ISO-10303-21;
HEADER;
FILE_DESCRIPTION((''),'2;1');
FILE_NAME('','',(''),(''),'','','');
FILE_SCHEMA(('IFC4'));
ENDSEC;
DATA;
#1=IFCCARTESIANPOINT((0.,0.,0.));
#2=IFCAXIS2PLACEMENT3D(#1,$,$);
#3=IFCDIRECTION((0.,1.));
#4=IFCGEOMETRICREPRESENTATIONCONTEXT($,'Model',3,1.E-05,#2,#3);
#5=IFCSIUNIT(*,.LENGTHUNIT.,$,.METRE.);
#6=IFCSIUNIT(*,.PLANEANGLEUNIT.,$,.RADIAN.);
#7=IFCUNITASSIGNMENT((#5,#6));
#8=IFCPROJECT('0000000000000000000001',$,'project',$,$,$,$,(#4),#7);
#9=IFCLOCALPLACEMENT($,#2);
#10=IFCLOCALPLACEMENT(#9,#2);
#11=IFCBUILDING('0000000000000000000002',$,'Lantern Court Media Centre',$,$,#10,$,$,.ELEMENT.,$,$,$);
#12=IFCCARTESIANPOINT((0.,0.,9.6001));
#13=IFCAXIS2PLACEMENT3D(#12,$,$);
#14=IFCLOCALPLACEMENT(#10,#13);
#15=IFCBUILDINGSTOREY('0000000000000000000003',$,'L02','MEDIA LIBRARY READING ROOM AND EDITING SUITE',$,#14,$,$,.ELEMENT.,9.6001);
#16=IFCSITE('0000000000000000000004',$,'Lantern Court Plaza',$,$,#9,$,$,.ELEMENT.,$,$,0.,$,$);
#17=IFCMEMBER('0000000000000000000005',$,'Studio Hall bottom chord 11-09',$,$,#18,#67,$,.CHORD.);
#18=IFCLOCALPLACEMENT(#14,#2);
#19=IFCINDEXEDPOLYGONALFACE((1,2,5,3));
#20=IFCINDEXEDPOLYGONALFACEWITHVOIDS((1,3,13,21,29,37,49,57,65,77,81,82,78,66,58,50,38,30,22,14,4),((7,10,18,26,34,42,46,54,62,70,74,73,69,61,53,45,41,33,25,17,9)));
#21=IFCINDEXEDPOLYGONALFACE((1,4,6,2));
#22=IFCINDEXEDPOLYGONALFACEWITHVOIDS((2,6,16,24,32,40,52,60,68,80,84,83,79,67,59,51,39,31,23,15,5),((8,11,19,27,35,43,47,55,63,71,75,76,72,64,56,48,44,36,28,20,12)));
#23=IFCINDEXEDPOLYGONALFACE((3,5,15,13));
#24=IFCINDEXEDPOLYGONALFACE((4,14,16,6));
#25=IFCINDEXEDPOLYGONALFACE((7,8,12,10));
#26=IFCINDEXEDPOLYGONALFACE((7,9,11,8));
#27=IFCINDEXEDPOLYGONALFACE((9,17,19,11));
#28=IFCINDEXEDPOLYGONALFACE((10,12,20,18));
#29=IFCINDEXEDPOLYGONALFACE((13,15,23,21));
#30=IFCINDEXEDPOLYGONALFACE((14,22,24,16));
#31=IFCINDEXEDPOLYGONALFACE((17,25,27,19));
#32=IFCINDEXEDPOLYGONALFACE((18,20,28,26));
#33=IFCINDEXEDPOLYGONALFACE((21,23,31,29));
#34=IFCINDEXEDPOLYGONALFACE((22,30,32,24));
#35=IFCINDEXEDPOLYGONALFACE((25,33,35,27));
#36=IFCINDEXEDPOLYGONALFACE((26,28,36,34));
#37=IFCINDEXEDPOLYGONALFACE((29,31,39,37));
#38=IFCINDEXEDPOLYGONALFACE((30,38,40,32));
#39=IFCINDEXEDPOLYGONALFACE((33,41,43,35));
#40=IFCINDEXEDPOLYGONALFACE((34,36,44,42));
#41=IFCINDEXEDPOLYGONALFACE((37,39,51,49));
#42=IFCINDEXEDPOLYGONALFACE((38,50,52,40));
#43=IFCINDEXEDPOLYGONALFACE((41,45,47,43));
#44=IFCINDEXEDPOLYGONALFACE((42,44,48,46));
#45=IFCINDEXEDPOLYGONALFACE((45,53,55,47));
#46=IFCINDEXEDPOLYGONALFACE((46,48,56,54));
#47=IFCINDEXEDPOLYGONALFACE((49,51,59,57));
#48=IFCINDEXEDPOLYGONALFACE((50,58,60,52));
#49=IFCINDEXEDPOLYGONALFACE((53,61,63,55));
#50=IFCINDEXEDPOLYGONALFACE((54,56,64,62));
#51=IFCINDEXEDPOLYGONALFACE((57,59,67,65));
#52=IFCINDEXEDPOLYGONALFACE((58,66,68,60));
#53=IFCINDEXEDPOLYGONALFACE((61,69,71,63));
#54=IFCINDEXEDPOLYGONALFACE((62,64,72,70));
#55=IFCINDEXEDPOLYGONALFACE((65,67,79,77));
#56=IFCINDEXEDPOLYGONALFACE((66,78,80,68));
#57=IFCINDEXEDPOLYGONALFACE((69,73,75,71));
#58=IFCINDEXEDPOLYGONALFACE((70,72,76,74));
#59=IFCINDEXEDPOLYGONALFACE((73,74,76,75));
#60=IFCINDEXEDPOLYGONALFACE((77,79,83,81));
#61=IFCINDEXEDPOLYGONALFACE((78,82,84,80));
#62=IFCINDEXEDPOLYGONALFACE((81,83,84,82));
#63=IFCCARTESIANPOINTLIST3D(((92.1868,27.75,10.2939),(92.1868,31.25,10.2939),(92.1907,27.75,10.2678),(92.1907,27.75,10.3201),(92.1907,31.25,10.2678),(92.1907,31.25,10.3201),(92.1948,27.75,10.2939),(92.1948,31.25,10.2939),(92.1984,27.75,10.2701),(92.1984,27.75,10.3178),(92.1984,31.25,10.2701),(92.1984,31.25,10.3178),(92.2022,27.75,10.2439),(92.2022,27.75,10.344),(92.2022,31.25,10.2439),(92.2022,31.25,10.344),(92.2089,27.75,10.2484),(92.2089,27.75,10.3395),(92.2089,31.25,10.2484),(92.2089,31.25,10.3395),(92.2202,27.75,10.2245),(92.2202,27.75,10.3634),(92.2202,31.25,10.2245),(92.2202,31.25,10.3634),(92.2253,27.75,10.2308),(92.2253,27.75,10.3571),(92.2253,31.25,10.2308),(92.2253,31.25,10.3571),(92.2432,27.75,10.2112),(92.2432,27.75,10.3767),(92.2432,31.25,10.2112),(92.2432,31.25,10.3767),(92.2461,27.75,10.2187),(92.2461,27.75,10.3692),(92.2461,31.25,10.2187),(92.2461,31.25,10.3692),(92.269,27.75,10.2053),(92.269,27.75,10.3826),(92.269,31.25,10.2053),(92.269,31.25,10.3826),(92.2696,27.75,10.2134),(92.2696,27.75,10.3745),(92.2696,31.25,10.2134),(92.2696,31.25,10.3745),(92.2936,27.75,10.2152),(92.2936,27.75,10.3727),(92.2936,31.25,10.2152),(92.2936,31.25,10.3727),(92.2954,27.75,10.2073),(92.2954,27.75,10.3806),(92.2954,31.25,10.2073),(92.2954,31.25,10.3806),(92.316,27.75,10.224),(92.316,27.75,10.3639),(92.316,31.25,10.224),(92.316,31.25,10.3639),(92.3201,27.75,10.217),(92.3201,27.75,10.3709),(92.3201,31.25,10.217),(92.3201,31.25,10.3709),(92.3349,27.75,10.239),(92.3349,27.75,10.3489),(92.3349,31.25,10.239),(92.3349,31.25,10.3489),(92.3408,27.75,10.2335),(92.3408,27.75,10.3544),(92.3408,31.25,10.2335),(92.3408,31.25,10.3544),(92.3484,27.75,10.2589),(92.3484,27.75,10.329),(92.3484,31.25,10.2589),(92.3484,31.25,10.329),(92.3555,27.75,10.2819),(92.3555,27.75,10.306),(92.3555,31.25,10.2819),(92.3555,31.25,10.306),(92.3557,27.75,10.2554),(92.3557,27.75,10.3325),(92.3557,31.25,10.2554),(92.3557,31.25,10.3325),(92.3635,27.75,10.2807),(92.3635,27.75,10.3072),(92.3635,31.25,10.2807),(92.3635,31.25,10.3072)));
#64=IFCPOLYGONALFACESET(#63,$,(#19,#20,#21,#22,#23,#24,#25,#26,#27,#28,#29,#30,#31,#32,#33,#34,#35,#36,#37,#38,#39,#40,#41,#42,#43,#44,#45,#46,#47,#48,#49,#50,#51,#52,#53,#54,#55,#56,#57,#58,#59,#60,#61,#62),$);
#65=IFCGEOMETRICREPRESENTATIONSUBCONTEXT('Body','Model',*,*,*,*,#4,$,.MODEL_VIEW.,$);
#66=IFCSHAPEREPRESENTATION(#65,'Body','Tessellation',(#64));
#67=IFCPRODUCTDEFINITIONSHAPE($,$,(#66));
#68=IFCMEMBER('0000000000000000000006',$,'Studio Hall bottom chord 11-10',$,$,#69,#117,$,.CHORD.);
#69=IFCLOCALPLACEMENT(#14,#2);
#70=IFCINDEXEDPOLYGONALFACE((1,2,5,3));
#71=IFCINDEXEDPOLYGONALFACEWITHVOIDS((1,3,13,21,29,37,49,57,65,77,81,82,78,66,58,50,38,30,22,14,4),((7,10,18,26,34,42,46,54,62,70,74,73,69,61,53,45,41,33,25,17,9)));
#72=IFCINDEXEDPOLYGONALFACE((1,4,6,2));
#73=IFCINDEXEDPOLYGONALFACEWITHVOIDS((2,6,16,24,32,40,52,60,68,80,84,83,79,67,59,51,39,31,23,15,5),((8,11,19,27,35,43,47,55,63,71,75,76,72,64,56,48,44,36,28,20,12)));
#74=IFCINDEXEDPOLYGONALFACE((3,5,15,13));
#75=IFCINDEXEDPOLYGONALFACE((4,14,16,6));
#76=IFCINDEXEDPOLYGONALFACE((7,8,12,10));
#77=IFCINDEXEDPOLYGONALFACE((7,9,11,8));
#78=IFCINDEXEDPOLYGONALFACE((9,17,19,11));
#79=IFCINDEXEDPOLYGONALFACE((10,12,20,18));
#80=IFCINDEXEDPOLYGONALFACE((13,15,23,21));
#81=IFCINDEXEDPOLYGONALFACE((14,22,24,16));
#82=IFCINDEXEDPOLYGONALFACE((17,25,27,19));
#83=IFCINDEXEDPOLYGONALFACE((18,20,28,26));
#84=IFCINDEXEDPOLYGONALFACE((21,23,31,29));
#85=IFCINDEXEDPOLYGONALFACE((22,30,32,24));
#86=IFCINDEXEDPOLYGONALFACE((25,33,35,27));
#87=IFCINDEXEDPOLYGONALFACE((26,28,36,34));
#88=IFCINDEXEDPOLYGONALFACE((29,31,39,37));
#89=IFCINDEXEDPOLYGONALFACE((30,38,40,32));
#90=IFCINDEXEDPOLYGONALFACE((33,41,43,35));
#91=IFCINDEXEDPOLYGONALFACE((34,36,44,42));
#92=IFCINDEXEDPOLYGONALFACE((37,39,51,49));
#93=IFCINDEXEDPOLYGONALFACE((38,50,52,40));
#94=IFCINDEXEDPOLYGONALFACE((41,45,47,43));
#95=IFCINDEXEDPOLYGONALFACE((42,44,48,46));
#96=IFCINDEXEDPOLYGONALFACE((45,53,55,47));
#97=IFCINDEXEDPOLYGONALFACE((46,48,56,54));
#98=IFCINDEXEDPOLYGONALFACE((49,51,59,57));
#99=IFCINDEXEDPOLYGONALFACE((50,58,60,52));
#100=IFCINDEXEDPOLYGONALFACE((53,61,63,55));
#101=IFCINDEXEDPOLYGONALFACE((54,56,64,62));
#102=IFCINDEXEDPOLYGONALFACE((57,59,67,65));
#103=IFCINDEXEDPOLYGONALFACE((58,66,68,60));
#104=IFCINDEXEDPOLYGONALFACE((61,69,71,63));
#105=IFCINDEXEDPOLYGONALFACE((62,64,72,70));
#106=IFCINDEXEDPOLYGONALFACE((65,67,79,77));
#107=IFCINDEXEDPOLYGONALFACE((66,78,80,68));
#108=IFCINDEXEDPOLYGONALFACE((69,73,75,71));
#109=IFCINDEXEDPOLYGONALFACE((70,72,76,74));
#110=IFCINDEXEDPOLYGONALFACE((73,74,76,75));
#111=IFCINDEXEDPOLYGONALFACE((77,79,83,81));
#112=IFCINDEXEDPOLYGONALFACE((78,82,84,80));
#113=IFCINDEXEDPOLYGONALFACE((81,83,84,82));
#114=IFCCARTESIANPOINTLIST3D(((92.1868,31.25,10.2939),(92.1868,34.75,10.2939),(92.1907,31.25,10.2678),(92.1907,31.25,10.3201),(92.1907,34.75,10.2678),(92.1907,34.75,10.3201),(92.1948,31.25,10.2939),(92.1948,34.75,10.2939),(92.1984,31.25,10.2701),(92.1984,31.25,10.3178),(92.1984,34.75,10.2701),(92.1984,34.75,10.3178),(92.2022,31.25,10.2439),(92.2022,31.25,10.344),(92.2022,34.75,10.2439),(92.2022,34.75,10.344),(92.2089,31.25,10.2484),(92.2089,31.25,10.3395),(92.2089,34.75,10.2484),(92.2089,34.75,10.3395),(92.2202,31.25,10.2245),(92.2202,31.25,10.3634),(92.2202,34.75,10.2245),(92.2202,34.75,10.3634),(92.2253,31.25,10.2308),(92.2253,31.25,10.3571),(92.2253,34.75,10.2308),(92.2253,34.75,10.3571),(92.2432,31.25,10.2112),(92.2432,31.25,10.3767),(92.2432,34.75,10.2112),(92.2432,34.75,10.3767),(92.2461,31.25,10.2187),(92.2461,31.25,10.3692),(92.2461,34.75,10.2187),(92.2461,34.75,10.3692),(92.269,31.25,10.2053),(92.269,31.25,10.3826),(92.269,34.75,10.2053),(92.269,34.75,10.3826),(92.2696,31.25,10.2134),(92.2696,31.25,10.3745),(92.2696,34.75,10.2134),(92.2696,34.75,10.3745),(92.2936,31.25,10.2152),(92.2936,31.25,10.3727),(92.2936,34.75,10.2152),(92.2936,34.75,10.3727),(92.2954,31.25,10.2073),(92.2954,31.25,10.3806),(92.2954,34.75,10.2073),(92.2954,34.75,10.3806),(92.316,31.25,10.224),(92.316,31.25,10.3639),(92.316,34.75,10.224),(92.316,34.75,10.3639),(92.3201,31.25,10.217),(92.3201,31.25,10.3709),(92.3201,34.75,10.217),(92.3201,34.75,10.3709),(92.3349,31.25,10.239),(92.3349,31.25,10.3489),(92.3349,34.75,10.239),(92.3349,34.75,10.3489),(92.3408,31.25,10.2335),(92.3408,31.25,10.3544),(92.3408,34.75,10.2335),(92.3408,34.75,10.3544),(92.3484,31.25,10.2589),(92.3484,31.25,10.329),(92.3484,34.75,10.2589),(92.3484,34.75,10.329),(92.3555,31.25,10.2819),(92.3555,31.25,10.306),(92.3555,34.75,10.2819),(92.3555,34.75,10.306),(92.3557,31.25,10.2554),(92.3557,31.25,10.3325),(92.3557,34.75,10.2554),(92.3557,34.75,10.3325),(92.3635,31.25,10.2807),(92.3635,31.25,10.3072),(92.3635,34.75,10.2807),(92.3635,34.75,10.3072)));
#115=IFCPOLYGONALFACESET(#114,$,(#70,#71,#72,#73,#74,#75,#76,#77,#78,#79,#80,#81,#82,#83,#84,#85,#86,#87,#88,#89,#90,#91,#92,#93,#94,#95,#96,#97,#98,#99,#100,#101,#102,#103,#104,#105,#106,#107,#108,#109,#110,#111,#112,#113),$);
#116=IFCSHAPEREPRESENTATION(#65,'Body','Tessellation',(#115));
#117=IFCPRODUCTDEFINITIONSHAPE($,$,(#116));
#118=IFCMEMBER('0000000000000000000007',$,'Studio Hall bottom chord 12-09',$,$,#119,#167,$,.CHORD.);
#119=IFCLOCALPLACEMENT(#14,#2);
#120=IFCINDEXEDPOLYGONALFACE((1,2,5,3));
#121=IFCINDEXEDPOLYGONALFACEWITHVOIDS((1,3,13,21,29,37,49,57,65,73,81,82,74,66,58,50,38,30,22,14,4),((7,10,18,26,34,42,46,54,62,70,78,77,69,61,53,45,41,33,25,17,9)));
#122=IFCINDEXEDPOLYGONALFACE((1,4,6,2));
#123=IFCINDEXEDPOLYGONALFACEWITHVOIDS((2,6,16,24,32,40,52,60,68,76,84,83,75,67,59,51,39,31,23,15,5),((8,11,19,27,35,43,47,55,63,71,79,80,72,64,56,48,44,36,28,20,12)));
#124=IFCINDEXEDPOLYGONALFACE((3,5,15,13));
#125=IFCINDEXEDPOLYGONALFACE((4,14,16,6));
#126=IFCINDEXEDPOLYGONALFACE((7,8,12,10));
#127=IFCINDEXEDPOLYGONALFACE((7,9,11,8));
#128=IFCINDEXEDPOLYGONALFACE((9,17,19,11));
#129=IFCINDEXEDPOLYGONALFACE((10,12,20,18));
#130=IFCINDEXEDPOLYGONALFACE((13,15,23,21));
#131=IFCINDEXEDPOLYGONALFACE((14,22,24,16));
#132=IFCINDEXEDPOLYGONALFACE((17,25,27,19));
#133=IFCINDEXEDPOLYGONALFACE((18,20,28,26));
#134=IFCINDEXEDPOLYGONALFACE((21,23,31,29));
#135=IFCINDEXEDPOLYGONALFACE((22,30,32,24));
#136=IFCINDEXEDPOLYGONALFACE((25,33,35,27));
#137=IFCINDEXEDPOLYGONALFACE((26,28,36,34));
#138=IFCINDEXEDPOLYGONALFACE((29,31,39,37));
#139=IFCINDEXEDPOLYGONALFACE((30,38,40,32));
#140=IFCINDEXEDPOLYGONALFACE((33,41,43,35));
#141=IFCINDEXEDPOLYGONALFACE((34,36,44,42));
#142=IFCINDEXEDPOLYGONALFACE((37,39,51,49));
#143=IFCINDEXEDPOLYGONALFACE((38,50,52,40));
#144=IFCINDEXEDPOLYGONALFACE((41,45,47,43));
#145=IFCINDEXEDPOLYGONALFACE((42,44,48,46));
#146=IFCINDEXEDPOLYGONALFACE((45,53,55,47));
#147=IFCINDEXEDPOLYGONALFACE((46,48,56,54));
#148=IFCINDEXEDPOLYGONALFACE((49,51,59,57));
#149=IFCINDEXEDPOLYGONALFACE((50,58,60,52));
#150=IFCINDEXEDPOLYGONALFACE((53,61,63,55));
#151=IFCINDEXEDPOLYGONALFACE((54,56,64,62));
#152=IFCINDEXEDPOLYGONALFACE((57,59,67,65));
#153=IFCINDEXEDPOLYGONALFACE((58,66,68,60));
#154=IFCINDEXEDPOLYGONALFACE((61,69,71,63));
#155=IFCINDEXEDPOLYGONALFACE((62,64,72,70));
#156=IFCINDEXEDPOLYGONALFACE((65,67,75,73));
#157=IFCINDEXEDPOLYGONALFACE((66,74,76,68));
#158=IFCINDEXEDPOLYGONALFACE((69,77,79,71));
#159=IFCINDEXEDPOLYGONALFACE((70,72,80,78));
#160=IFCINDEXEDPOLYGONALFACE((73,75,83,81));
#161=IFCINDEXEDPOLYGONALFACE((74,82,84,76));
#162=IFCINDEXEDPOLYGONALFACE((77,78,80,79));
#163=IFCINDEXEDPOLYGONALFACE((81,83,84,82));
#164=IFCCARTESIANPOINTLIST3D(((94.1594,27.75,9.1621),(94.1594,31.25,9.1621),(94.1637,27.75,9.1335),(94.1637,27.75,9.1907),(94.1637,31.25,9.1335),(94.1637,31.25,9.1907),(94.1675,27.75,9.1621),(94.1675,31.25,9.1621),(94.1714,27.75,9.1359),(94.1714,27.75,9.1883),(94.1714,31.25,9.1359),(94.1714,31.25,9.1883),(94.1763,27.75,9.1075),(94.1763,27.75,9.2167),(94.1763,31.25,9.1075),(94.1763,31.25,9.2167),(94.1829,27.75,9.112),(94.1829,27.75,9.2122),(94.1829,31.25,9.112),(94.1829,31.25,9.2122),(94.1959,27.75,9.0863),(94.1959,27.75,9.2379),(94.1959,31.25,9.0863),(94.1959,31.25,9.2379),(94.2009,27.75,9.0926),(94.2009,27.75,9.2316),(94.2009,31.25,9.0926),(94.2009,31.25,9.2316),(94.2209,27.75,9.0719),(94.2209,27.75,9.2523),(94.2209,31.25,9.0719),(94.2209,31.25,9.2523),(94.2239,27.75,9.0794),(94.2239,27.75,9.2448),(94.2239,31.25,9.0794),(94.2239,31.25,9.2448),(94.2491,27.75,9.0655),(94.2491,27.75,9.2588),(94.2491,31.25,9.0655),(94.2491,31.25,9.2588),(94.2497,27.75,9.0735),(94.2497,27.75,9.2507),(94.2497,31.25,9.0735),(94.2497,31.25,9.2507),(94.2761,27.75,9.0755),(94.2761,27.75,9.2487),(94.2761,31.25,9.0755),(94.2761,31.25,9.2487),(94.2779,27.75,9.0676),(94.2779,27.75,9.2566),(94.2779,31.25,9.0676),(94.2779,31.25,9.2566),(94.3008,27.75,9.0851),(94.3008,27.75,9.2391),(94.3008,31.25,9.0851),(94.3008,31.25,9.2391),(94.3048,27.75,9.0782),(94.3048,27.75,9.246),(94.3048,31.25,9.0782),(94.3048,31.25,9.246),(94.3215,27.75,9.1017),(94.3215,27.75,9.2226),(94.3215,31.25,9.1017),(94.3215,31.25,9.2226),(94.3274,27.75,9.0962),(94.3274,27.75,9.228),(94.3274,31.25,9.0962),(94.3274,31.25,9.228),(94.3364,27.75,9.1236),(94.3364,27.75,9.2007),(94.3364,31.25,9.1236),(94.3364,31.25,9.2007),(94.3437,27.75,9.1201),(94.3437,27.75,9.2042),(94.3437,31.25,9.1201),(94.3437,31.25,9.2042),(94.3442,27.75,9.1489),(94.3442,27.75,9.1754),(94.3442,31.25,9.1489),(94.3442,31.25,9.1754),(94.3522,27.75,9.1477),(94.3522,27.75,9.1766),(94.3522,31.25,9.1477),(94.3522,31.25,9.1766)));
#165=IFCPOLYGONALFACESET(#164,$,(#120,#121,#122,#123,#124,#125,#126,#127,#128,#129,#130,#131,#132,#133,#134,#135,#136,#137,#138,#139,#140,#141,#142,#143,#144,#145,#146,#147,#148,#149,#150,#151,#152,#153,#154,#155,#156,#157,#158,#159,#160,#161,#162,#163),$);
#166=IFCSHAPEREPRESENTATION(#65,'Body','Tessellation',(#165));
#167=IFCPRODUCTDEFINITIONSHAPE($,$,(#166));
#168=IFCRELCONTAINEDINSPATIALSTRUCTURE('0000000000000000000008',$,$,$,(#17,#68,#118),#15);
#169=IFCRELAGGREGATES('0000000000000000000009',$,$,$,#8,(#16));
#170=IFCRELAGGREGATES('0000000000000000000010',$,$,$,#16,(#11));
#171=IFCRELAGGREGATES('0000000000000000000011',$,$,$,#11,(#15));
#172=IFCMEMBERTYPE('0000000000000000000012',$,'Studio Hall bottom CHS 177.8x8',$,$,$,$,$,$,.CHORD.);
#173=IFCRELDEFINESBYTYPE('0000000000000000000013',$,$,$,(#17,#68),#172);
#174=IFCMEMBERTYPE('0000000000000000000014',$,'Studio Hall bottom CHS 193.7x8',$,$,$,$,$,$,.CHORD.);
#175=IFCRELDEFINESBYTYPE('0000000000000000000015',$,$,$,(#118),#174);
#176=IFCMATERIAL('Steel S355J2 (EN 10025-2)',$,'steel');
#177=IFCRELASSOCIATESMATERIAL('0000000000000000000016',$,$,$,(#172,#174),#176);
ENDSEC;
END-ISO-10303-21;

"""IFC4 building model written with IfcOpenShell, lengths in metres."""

from ifc_helpers import new_model, si_unit, direction, frame, origin, origin_2d, place, context, subcontext, project, spatial, hollow_circle, extrude, material, material_profile, profile_set, type_object, element, save


model = new_model("IFC4")

# Units and contexts
model_context = context("Model", 3, precision=1e-05, world=origin(), true_north=direction((0.0, 1.0)))
body_context = subcontext(model_context, "Body", "Model", "MODEL_VIEW")
ifc_project = project(units=[si_unit("LENGTHUNIT", "METRE"), si_unit("PLANEANGLEUNIT", "RADIAN")], contexts=[model_context])

# Site, building, storey
site_placement = place(None, origin())
site = spatial("IfcSite", under=ifc_project, at=site_placement, Name="Lantern Court Plaza", CompositionType="ELEMENT", RefElevation=0.0)
building_placement = place(site_placement, origin())
building = spatial("IfcBuilding", under=site, at=building_placement, Name="Lantern Court Media Centre", CompositionType="ELEMENT")
storey_placement = place(building_placement, frame((0.0, 0.0, 9.6001)))
storey = spatial("IfcBuildingStorey", under=building, at=storey_placement, Name="L02", Description="MEDIA LIBRARY READING ROOM AND EDITING SUITE", CompositionType="ELEMENT", Elevation=9.6001)

# Members
ifc_material = material(Name="Steel S355J2 (EN 10025-2)", Category="steel")
ifc_material_profile_1 = material_profile(ifc_material, hollow_circle(Radius=0.0889, WallThickness=0.0081, at=origin_2d()), Name="Studio Hall bottom CHS 177.8x8")
ifc_profile_set_1 = profile_set([ifc_material_profile_1], Name="Steel S355J2 (EN 10025-2)")
member_type_1 = type_object("IfcMemberType", Name="Studio Hall bottom CHS 177.8x8", PredefinedType="CHORD", material=ifc_profile_set_1)
for number, where, z_axis, x_axis, name in (
    (1, (92.2756, 27.75, 10.2939), (0.0, 1.0, 0.0), (-1.0, 0.0, 0.0), "Studio Hall bottom chord 11-09"),
    (2, (92.2756, 31.25, 10.2939), (0.0, 1.0, 0.0), (-1.0, 0.0, 0.0), "Studio Hall bottom chord 11-10"),
):
    element("IfcMember", number, at=place(storey_placement, frame(where, z_axis=z_axis, x_axis=x_axis)), inside=storey, type_object=member_type_1, Name=name, PredefinedType="CHORD", context=body_context, shape_type="SweptSolid", body=[
        extrude(hollow_circle(Radius=0.0889, WallThickness=0.0081, at=origin_2d()), origin(), (0.0, 0.0, 1.0), 3.5),
    ])
ifc_material_profile_2 = material_profile(ifc_material, hollow_circle(Radius=0.0969, WallThickness=0.0081, at=origin_2d()), Name="Studio Hall bottom CHS 193.7x8")
ifc_profile_set_2 = profile_set([ifc_material_profile_2], Name="Steel S355J2 (EN 10025-2)")
member_type_2 = type_object("IfcMemberType", Name="Studio Hall bottom CHS 193.7x8", PredefinedType="CHORD", material=ifc_profile_set_2)
member_1_placement = place(storey_placement, frame((94.2563, 27.75, 9.1621), z_axis=(0.0, 1.0, 0.0), x_axis=(-1.0, 0.0, 0.0)))
element("IfcMember", 3, at=member_1_placement, inside=storey, type_object=member_type_2, Name="Studio Hall bottom chord 12-09", PredefinedType="CHORD", context=body_context, shape_type="SweptSolid", body=[
    extrude(hollow_circle(Radius=0.0969, WallThickness=0.0081, at=origin_2d()), origin(), (0.0, 0.0, 1.0), 3.5),
])

save(model, "model.ifc")
